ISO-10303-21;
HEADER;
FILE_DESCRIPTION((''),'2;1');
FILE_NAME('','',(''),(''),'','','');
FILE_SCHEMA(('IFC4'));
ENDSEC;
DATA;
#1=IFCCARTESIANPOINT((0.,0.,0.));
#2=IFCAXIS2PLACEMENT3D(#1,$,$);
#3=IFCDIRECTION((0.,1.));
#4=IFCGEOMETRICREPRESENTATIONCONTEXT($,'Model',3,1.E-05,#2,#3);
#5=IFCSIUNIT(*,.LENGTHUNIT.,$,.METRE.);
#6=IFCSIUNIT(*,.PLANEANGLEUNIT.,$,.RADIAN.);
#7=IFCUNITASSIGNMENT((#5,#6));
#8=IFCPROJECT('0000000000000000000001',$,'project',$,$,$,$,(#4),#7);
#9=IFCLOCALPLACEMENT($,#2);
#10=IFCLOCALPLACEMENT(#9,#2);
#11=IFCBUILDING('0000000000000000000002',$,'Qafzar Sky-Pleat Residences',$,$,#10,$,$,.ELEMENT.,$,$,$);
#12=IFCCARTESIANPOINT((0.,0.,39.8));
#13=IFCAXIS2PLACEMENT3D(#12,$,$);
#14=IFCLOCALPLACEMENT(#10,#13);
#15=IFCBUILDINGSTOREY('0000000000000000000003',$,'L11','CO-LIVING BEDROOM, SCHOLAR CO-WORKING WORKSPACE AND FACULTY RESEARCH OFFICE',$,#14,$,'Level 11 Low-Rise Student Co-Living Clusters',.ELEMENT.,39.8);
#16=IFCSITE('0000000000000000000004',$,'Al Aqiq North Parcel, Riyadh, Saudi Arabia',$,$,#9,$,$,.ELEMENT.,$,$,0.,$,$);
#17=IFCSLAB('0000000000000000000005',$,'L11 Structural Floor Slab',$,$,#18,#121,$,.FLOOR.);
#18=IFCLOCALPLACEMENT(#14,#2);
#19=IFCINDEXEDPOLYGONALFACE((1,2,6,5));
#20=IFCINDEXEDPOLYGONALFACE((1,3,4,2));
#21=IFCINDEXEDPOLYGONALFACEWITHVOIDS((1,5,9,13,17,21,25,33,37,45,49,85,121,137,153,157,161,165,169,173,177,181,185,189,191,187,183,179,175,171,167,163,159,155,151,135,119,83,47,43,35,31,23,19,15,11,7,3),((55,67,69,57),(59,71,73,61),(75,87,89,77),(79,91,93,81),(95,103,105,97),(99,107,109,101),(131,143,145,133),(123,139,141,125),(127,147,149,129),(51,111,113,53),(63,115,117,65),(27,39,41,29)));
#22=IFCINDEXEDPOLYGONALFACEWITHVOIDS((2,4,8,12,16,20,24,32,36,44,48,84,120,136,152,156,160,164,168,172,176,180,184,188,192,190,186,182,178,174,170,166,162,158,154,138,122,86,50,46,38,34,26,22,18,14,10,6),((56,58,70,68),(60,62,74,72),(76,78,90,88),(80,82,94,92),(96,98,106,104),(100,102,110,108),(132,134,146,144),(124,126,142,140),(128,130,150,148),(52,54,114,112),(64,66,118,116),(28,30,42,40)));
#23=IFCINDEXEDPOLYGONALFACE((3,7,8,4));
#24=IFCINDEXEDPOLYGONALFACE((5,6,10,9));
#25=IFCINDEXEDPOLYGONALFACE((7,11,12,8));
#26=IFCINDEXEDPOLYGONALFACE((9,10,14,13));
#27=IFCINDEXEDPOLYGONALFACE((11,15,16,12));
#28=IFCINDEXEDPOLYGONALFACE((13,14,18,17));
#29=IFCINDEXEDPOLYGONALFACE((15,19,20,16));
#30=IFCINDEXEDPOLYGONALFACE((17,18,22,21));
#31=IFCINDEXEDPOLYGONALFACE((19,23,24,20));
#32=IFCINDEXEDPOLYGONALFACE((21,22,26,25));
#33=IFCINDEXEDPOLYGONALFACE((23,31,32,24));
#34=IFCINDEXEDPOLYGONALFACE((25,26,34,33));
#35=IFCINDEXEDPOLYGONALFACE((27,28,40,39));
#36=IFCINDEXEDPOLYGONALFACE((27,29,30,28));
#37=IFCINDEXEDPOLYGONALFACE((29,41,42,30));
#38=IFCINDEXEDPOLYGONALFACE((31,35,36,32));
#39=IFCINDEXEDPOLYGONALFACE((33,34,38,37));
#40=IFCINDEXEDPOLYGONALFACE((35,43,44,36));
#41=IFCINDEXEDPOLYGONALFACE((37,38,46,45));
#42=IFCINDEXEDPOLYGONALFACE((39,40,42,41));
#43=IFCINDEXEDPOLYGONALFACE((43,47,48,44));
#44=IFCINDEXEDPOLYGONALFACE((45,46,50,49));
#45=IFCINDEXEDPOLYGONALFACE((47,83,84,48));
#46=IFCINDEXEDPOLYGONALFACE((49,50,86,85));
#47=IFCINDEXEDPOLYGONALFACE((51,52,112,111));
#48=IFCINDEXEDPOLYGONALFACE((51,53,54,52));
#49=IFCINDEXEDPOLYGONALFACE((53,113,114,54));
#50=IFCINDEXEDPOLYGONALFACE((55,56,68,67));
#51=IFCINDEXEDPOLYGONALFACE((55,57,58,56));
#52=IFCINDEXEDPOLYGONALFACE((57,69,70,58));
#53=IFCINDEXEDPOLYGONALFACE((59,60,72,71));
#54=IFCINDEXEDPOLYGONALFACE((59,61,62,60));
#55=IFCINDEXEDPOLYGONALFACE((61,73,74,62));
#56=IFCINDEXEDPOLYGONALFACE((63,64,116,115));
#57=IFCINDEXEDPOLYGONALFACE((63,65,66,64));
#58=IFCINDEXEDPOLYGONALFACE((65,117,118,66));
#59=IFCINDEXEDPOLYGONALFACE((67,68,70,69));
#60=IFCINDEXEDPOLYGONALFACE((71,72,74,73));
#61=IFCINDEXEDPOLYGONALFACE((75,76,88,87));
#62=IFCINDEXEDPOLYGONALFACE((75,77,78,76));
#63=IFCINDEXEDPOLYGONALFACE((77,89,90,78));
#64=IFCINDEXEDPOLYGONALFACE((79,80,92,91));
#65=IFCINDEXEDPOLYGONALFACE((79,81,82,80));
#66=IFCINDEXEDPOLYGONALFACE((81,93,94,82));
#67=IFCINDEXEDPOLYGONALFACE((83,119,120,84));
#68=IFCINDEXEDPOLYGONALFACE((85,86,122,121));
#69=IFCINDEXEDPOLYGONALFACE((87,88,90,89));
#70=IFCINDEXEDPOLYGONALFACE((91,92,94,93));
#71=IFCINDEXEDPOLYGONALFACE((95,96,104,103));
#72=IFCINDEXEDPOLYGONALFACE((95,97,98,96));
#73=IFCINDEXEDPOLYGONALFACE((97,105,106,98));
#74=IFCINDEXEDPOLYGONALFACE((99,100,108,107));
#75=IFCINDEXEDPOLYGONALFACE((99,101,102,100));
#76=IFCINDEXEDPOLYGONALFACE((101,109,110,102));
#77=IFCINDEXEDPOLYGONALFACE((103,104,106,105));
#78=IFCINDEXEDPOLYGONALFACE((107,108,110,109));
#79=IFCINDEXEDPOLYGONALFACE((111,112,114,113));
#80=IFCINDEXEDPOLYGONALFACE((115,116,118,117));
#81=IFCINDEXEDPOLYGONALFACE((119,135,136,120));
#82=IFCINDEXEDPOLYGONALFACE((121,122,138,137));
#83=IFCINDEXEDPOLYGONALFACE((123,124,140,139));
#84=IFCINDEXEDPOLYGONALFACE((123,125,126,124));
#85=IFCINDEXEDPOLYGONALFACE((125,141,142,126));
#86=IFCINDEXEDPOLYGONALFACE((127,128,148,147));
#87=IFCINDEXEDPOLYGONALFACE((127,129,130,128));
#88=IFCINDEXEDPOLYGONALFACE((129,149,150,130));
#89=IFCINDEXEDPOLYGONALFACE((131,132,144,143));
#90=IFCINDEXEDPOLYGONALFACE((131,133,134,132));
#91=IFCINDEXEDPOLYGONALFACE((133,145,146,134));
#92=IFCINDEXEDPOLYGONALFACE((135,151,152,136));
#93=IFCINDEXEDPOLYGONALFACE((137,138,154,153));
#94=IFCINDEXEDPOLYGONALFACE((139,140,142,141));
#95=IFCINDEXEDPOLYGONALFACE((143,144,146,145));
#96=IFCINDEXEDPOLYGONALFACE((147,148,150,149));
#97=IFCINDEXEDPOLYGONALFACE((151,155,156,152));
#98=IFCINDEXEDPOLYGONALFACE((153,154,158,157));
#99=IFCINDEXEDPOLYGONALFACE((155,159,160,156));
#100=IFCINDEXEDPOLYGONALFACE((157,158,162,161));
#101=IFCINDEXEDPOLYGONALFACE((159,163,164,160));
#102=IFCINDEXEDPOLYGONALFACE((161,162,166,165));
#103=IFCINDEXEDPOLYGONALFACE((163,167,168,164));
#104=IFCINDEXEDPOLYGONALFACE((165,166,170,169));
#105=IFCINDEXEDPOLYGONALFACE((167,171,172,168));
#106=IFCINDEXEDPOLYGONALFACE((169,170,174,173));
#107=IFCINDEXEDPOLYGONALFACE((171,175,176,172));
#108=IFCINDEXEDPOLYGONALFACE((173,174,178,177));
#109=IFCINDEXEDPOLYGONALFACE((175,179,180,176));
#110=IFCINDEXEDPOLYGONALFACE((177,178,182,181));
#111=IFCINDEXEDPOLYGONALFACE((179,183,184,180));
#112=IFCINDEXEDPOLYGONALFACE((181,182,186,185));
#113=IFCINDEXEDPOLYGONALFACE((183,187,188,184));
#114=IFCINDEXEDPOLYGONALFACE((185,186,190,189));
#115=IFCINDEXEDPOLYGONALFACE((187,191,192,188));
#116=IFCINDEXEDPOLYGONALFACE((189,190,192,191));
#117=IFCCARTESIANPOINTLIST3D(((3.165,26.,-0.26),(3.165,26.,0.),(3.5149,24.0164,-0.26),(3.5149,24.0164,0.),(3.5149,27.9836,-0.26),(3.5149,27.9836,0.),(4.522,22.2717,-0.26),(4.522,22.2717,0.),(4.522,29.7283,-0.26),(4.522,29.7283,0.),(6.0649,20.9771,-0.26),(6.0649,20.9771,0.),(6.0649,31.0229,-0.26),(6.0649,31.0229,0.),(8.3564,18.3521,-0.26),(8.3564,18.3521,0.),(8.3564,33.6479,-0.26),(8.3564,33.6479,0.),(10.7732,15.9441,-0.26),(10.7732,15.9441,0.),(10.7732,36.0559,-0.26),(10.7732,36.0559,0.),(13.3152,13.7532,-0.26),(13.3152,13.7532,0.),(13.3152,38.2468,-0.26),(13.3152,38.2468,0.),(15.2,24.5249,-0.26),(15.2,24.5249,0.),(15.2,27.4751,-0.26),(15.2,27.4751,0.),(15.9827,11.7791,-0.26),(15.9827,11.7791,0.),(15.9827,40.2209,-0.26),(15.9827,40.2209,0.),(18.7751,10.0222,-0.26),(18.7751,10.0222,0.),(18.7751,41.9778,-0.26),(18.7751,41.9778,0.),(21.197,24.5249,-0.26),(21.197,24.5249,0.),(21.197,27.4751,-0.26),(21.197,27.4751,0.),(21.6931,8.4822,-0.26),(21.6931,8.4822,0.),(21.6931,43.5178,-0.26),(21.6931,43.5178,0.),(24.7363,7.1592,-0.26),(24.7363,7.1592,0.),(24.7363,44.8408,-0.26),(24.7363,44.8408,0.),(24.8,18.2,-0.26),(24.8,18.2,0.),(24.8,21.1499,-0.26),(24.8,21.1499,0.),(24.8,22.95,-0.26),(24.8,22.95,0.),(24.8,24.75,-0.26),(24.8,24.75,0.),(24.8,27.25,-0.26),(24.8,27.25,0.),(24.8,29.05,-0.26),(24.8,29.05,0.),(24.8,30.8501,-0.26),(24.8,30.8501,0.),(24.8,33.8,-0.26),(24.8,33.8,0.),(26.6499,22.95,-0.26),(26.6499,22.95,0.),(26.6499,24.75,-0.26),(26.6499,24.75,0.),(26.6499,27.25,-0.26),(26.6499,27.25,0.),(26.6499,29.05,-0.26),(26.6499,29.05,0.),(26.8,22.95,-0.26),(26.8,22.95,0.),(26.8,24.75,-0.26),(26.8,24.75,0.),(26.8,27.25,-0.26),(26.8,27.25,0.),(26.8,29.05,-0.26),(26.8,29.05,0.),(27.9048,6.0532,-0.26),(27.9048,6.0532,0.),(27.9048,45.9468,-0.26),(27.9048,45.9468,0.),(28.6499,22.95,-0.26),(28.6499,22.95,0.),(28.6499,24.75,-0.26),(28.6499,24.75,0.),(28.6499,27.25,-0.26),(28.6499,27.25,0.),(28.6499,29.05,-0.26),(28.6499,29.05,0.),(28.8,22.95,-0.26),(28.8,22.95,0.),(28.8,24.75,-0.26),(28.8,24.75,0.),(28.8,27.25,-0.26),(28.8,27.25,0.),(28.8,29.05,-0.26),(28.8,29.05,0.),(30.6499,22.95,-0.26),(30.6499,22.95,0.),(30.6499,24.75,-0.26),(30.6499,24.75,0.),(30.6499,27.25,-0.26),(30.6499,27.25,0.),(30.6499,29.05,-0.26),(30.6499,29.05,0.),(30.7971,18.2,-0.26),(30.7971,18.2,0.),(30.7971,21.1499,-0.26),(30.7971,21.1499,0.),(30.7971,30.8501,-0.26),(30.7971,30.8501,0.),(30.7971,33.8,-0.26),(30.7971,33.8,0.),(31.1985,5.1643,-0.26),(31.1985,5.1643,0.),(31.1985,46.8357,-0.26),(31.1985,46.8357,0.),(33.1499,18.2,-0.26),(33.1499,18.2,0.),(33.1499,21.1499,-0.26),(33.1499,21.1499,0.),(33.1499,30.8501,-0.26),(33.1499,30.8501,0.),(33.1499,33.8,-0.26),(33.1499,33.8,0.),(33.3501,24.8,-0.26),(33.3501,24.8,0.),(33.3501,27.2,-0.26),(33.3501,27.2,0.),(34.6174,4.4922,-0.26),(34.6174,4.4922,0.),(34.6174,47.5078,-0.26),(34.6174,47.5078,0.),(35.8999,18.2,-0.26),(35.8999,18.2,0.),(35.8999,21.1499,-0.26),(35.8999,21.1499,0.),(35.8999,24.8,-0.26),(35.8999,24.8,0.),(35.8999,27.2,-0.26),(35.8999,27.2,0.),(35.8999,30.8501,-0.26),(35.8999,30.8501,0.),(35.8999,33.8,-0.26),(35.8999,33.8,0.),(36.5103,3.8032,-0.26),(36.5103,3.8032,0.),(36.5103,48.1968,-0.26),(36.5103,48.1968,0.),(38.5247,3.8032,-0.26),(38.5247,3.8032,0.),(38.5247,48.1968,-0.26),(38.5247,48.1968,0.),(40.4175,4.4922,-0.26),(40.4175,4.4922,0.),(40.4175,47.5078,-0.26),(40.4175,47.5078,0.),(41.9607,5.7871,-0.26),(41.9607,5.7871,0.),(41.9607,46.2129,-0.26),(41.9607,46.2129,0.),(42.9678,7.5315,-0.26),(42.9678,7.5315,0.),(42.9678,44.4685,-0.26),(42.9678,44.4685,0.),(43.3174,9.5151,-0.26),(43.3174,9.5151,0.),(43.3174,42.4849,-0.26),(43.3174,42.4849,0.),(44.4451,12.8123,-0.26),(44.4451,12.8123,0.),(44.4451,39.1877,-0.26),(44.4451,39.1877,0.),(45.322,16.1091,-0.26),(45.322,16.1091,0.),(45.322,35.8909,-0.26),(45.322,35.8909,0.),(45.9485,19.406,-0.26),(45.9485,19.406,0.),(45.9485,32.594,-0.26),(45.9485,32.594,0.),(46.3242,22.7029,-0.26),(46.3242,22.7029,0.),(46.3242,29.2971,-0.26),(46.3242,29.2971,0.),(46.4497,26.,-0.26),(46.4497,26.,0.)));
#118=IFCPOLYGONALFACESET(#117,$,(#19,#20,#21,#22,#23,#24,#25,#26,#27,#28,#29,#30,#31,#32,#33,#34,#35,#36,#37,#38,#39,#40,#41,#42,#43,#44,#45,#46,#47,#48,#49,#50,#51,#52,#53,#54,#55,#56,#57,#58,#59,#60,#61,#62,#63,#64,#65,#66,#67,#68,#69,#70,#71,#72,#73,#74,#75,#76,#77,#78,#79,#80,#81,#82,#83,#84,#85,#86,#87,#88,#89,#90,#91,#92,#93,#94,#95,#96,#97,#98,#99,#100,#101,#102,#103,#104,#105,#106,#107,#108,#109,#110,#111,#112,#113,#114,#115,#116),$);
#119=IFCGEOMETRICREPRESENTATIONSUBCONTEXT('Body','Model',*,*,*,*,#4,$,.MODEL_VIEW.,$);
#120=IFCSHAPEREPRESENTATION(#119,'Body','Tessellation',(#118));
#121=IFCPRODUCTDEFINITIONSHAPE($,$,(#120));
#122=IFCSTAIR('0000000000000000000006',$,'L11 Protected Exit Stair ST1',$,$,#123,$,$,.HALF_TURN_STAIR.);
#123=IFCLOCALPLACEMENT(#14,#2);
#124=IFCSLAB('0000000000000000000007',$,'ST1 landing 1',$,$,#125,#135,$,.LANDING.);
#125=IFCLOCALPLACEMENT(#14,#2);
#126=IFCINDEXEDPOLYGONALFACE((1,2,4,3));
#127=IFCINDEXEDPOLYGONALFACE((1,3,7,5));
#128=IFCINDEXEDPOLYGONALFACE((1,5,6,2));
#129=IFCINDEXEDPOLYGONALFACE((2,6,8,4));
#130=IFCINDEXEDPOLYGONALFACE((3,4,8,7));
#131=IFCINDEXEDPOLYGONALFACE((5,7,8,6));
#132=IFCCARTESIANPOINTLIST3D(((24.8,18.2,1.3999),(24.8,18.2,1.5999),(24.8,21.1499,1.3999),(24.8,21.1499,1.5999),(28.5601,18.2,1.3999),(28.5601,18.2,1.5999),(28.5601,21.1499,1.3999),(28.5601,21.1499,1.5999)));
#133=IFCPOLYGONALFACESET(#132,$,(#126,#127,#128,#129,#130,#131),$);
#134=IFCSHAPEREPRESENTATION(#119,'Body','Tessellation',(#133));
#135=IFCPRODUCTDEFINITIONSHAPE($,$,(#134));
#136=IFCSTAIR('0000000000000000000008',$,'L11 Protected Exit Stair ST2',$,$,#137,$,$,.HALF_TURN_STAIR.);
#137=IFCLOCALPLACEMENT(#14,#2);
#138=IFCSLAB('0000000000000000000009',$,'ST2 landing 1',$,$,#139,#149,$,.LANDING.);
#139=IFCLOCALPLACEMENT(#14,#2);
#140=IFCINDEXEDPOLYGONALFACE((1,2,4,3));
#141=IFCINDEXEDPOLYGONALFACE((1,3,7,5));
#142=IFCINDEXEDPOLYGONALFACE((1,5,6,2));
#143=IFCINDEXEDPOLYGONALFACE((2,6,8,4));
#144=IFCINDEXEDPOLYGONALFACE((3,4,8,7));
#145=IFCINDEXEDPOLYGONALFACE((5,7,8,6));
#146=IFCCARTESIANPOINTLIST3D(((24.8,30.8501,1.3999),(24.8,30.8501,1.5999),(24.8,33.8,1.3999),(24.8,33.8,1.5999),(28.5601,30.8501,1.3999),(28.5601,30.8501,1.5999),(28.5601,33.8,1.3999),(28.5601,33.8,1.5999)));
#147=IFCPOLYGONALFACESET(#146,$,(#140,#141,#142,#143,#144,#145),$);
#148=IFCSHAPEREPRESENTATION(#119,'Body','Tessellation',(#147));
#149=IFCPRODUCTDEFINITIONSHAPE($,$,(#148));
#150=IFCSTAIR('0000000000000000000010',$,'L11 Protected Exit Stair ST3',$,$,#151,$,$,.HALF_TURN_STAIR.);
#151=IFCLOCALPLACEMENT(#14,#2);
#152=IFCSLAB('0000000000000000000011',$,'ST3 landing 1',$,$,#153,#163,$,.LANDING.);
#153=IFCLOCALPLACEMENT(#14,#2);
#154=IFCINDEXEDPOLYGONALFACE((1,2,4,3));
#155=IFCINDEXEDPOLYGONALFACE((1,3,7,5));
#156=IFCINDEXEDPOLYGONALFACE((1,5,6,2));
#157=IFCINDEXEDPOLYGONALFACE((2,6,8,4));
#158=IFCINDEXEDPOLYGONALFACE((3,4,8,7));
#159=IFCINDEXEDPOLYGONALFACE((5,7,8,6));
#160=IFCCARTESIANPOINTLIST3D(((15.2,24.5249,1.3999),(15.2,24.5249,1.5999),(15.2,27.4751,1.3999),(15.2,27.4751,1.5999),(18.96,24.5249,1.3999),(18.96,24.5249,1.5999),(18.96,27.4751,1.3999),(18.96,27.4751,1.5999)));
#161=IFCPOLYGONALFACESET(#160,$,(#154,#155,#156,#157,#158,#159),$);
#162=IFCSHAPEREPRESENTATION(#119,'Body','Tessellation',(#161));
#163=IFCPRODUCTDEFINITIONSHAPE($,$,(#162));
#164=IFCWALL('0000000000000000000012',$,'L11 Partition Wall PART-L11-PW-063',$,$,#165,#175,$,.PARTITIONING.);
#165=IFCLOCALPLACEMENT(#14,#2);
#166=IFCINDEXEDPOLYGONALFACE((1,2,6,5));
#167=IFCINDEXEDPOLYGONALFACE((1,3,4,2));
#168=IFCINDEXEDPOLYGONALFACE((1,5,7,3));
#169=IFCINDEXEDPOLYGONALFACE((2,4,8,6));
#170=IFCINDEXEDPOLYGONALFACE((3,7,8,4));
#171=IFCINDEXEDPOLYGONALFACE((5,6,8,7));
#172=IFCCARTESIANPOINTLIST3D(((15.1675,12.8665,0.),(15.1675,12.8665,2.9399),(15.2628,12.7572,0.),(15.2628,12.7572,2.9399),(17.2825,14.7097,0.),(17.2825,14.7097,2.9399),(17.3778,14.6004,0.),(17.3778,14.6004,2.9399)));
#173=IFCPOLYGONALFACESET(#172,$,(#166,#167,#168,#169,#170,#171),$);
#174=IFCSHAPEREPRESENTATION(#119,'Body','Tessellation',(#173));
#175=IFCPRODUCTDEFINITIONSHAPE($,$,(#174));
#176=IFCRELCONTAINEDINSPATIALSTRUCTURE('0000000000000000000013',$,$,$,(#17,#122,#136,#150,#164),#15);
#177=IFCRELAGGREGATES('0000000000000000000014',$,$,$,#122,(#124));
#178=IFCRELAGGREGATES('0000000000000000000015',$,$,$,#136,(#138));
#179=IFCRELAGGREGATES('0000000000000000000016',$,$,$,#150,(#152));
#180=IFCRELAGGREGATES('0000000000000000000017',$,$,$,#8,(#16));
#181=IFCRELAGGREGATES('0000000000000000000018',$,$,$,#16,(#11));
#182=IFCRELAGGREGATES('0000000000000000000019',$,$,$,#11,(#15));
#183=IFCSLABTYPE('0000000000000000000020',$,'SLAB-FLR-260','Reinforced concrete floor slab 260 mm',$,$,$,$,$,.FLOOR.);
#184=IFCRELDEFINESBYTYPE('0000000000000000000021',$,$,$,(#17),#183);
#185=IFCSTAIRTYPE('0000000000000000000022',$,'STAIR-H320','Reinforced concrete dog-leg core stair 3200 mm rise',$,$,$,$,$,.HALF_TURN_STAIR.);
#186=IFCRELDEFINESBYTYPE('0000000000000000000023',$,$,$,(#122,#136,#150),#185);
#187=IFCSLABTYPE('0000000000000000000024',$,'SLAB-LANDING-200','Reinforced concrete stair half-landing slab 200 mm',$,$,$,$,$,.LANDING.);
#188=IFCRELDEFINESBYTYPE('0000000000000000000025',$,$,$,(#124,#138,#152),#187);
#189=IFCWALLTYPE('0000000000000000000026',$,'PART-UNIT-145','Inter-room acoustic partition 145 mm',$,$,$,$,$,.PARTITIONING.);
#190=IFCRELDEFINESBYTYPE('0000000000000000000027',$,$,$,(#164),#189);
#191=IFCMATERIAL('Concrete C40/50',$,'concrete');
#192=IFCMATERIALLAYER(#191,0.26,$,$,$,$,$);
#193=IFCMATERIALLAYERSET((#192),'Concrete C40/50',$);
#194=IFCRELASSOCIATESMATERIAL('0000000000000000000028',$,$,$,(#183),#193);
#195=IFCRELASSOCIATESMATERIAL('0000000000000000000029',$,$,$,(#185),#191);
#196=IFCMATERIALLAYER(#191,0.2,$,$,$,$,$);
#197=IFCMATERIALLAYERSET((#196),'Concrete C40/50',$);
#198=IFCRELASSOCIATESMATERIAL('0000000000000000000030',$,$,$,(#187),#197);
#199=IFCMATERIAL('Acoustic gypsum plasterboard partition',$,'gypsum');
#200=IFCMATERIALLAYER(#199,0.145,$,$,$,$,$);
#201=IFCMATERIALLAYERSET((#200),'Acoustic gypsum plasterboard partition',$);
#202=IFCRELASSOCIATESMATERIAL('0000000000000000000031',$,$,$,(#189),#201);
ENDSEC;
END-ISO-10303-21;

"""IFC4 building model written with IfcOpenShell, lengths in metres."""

from ifc_helpers import new_model, si_unit, direction, frame, frame_2d, origin, place, context, subcontext, project, spatial, polyline, rectangle, outline, extrude, material, layer, layer_set, type_object, element, aggregate, save


model = new_model("IFC4")

# Units and contexts
model_context = context("Model", 3, precision=1e-05, world=origin(), true_north=direction((0.0, 1.0)))
body_context = subcontext(model_context, "Body", "Model", "MODEL_VIEW")
ifc_project = project(units=[si_unit("LENGTHUNIT", "METRE"), si_unit("PLANEANGLEUNIT", "RADIAN")], contexts=[model_context])

# Site, building, storey
site_placement = place(None, origin())
site = spatial("IfcSite", under=ifc_project, at=site_placement, Name="Al Aqiq North Parcel, Riyadh, Saudi Arabia", CompositionType="ELEMENT", RefElevation=0.0)
building_placement = place(site_placement, origin())
building = spatial("IfcBuilding", under=site, at=building_placement, Name="Qafzar Sky-Pleat Residences", CompositionType="ELEMENT")
storey_placement = place(building_placement, frame((0.0, 0.0, 39.8)))
storey = spatial("IfcBuildingStorey", under=building, at=storey_placement, Name="L11", Description="CO-LIVING BEDROOM, SCHOLAR CO-WORKING WORKSPACE AND FACULTY RESEARCH OFFICE", LongName="Level 11 Low-Rise Student Co-Living Clusters", CompositionType="ELEMENT", Elevation=39.8)

# Slab
ifc_material_1 = material(Name="Concrete C40/50", Category="concrete")
ifc_layer_1 = layer(ifc_material_1, 0.26)
ifc_layer_set_1 = layer_set([ifc_layer_1], Name="Concrete C40/50")
slab_type_1 = type_object("IfcSlabType", Name="SLAB-FLR-260", Description="Reinforced concrete floor slab 260 mm", PredefinedType="FLOOR", material=ifc_layer_set_1)
slab_1_placement = place(storey_placement, frame((0.0, 0.0, -0.26)))
element("IfcSlab", 1, at=slab_1_placement, inside=storey, type_object=slab_type_1, Name="L11 Structural Floor Slab", PredefinedType="FLOOR", context=body_context, shape_type="SweptSolid", body=[
    extrude(outline(polyline([(6.0649, 31.0229), (4.522, 29.7283), (3.5149, 27.9836), (3.165, 26.0), (3.5149, 24.0164), (4.522, 22.2717), (6.0649, 20.9771), (8.3564, 18.3521), (10.7732, 15.9441), (13.3152, 13.7532), (15.9827, 11.7791), (18.7751, 10.0222), (21.6931, 8.4822), (24.7363, 7.1592), (27.9048, 6.0532), (31.1985, 5.1643), (34.6174, 4.4922), (36.5103, 3.8032), (38.5247, 3.8032), (40.4175, 4.4922), (41.9607, 5.7871), (42.9678, 7.5315), (43.3174, 9.5151), (44.4451, 12.8123), (45.322, 16.1091), (45.9485, 19.406), (46.3242, 22.7029), (46.4497, 26.0), (46.3242, 29.2971), (45.9485, 32.594), (45.322, 35.8909), (44.4451, 39.1877), (43.3174, 42.4849), (42.9678, 44.4685), (41.9607, 46.2129), (40.4175, 47.5078), (38.5247, 48.1968), (36.5103, 48.1968), (34.6174, 47.5078), (31.1985, 46.8357), (27.9048, 45.9468), (24.7363, 44.8408), (21.6931, 43.5178), (18.7751, 41.9778), (15.9827, 40.2209), (13.3152, 38.2468), (10.7732, 36.0559), (8.3564, 33.6479), (6.0649, 31.0229)]), holes=[polyline([(30.7971, 21.1499), (24.8, 21.1499), (24.8, 18.2), (30.7971, 18.2), (30.7971, 21.1499)]), polyline([(30.7971, 33.8), (24.8, 33.8), (24.8, 30.8501), (30.7971, 30.8501), (30.7971, 33.8)]), polyline([(21.197, 27.4751), (15.2, 27.4751), (15.2, 24.5249), (21.197, 24.5249), (21.197, 27.4751)]), polyline([(24.8, 22.95), (26.6499, 22.95), (26.6499, 24.75), (24.8, 24.75), (24.8, 22.95)]), polyline([(26.8, 22.95), (28.6499, 22.95), (28.6499, 24.75), (26.8, 24.75), (26.8, 22.95)]), polyline([(28.8, 22.95), (30.6499, 22.95), (30.6499, 24.75), (28.8, 24.75), (28.8, 22.95)]), polyline([(24.8, 27.25), (26.6499, 27.25), (26.6499, 29.05), (24.8, 29.05), (24.8, 27.25)]), polyline([(26.8, 27.25), (28.6499, 27.25), (28.6499, 29.05), (26.8, 29.05), (26.8, 27.25)]), polyline([(28.8, 27.25), (30.6499, 27.25), (30.6499, 29.05), (28.8, 29.05), (28.8, 27.25)]), polyline([(33.1499, 18.2), (35.8999, 18.2), (35.8999, 21.1499), (33.1499, 21.1499), (33.1499, 18.2)]), polyline([(33.1499, 30.8501), (35.8999, 30.8501), (35.8999, 33.8), (33.1499, 33.8), (33.1499, 30.8501)]), polyline([(33.3501, 24.8), (35.8999, 24.8), (35.8999, 27.2), (33.3501, 27.2), (33.3501, 24.8)])]), origin(), (0.0, 0.0, 1.0), 0.26),
])

# Stairs, slabs
stair_type = type_object("IfcStairType", Name="STAIR-H320", Description="Reinforced concrete dog-leg core stair 3200 mm rise", PredefinedType="HALF_TURN_STAIR", material=ifc_material_1)
stair_1_placement = place(storey_placement, origin())
stair_1 = element("IfcStair", 2, at=stair_1_placement, inside=storey, type_object=stair_type, Name="L11 Protected Exit Stair ST1", PredefinedType="HALF_TURN_STAIR")
ifc_layer_2 = layer(ifc_material_1, 0.2)
ifc_layer_set_2 = layer_set([ifc_layer_2], Name="Concrete C40/50")
slab_type_2 = type_object("IfcSlabType", Name="SLAB-LANDING-200", Description="Reinforced concrete stair half-landing slab 200 mm", PredefinedType="LANDING", material=ifc_layer_set_2)
slab_2_placement = place(storey_placement, frame((0.0, 0.0, 1.3999)))
slab_2 = element("IfcSlab", 3, at=slab_2_placement, type_object=slab_type_2, Name="ST1 landing 1", PredefinedType="LANDING", context=body_context, shape_type="SweptSolid", body=[
    extrude(outline(polyline([(28.5601, 21.1499), (24.8, 21.1499), (24.8, 18.2), (28.5601, 18.2), (28.5601, 21.1499)])), origin(), (0.0, 0.0, 1.0), 0.2),
])
aggregate(stair_1, [slab_2])
stair_2_placement = place(storey_placement, origin())
stair_2 = element("IfcStair", 4, at=stair_2_placement, inside=storey, type_object=stair_type, Name="L11 Protected Exit Stair ST2", PredefinedType="HALF_TURN_STAIR")
slab_3_placement = place(storey_placement, frame((0.0, 0.0, 1.3999)))
slab_3 = element("IfcSlab", 5, at=slab_3_placement, type_object=slab_type_2, Name="ST2 landing 1", PredefinedType="LANDING", context=body_context, shape_type="SweptSolid", body=[
    extrude(outline(polyline([(28.5601, 33.8), (24.8, 33.8), (24.8, 30.8501), (28.5601, 30.8501), (28.5601, 33.8)])), origin(), (0.0, 0.0, 1.0), 0.2),
])
aggregate(stair_2, [slab_3])
stair_3_placement = place(storey_placement, origin())
stair_3 = element("IfcStair", 6, at=stair_3_placement, inside=storey, type_object=stair_type, Name="L11 Protected Exit Stair ST3", PredefinedType="HALF_TURN_STAIR")
slab_4_placement = place(storey_placement, frame((0.0, 0.0, 1.3999)))
slab_4 = element("IfcSlab", 7, at=slab_4_placement, type_object=slab_type_2, Name="ST3 landing 1", PredefinedType="LANDING", context=body_context, shape_type="SweptSolid", body=[
    extrude(outline(polyline([(18.96, 27.4751), (15.2, 27.4751), (15.2, 24.5249), (18.96, 24.5249), (18.96, 27.4751)])), origin(), (0.0, 0.0, 1.0), 0.2),
])
aggregate(stair_3, [slab_4])

# Wall
ifc_material_2 = material(Name="Acoustic gypsum plasterboard partition", Category="gypsum")
ifc_layer_3 = layer(ifc_material_2, 0.145)
ifc_layer_set_3 = layer_set([ifc_layer_3], Name="Acoustic gypsum plasterboard partition")
wall_type_1 = type_object("IfcWallType", Name="PART-UNIT-145", Description="Inter-room acoustic partition 145 mm", PredefinedType="PARTITIONING", material=ifc_layer_set_3)
wall_1_placement = place(storey_placement, frame((15.2151, 12.8118, 0.0), z_axis=(0.0, 0.0, 1.0), x_axis=(0.753874, 0.657019, 0.0)))
element("IfcWall", 8, at=wall_1_placement, inside=storey, type_object=wall_type_1, Name="L11 Partition Wall PART-L11-PW-063", PredefinedType="PARTITIONING", context=body_context, shape_type="SweptSolid", body=[
    extrude(rectangle(XDim=2.8054, YDim=0.145, at=frame_2d((1.4028, 0.0))), origin(), (0.0, 0.0, 1.0), 2.9399),
])

save(model, "model.ifc")
